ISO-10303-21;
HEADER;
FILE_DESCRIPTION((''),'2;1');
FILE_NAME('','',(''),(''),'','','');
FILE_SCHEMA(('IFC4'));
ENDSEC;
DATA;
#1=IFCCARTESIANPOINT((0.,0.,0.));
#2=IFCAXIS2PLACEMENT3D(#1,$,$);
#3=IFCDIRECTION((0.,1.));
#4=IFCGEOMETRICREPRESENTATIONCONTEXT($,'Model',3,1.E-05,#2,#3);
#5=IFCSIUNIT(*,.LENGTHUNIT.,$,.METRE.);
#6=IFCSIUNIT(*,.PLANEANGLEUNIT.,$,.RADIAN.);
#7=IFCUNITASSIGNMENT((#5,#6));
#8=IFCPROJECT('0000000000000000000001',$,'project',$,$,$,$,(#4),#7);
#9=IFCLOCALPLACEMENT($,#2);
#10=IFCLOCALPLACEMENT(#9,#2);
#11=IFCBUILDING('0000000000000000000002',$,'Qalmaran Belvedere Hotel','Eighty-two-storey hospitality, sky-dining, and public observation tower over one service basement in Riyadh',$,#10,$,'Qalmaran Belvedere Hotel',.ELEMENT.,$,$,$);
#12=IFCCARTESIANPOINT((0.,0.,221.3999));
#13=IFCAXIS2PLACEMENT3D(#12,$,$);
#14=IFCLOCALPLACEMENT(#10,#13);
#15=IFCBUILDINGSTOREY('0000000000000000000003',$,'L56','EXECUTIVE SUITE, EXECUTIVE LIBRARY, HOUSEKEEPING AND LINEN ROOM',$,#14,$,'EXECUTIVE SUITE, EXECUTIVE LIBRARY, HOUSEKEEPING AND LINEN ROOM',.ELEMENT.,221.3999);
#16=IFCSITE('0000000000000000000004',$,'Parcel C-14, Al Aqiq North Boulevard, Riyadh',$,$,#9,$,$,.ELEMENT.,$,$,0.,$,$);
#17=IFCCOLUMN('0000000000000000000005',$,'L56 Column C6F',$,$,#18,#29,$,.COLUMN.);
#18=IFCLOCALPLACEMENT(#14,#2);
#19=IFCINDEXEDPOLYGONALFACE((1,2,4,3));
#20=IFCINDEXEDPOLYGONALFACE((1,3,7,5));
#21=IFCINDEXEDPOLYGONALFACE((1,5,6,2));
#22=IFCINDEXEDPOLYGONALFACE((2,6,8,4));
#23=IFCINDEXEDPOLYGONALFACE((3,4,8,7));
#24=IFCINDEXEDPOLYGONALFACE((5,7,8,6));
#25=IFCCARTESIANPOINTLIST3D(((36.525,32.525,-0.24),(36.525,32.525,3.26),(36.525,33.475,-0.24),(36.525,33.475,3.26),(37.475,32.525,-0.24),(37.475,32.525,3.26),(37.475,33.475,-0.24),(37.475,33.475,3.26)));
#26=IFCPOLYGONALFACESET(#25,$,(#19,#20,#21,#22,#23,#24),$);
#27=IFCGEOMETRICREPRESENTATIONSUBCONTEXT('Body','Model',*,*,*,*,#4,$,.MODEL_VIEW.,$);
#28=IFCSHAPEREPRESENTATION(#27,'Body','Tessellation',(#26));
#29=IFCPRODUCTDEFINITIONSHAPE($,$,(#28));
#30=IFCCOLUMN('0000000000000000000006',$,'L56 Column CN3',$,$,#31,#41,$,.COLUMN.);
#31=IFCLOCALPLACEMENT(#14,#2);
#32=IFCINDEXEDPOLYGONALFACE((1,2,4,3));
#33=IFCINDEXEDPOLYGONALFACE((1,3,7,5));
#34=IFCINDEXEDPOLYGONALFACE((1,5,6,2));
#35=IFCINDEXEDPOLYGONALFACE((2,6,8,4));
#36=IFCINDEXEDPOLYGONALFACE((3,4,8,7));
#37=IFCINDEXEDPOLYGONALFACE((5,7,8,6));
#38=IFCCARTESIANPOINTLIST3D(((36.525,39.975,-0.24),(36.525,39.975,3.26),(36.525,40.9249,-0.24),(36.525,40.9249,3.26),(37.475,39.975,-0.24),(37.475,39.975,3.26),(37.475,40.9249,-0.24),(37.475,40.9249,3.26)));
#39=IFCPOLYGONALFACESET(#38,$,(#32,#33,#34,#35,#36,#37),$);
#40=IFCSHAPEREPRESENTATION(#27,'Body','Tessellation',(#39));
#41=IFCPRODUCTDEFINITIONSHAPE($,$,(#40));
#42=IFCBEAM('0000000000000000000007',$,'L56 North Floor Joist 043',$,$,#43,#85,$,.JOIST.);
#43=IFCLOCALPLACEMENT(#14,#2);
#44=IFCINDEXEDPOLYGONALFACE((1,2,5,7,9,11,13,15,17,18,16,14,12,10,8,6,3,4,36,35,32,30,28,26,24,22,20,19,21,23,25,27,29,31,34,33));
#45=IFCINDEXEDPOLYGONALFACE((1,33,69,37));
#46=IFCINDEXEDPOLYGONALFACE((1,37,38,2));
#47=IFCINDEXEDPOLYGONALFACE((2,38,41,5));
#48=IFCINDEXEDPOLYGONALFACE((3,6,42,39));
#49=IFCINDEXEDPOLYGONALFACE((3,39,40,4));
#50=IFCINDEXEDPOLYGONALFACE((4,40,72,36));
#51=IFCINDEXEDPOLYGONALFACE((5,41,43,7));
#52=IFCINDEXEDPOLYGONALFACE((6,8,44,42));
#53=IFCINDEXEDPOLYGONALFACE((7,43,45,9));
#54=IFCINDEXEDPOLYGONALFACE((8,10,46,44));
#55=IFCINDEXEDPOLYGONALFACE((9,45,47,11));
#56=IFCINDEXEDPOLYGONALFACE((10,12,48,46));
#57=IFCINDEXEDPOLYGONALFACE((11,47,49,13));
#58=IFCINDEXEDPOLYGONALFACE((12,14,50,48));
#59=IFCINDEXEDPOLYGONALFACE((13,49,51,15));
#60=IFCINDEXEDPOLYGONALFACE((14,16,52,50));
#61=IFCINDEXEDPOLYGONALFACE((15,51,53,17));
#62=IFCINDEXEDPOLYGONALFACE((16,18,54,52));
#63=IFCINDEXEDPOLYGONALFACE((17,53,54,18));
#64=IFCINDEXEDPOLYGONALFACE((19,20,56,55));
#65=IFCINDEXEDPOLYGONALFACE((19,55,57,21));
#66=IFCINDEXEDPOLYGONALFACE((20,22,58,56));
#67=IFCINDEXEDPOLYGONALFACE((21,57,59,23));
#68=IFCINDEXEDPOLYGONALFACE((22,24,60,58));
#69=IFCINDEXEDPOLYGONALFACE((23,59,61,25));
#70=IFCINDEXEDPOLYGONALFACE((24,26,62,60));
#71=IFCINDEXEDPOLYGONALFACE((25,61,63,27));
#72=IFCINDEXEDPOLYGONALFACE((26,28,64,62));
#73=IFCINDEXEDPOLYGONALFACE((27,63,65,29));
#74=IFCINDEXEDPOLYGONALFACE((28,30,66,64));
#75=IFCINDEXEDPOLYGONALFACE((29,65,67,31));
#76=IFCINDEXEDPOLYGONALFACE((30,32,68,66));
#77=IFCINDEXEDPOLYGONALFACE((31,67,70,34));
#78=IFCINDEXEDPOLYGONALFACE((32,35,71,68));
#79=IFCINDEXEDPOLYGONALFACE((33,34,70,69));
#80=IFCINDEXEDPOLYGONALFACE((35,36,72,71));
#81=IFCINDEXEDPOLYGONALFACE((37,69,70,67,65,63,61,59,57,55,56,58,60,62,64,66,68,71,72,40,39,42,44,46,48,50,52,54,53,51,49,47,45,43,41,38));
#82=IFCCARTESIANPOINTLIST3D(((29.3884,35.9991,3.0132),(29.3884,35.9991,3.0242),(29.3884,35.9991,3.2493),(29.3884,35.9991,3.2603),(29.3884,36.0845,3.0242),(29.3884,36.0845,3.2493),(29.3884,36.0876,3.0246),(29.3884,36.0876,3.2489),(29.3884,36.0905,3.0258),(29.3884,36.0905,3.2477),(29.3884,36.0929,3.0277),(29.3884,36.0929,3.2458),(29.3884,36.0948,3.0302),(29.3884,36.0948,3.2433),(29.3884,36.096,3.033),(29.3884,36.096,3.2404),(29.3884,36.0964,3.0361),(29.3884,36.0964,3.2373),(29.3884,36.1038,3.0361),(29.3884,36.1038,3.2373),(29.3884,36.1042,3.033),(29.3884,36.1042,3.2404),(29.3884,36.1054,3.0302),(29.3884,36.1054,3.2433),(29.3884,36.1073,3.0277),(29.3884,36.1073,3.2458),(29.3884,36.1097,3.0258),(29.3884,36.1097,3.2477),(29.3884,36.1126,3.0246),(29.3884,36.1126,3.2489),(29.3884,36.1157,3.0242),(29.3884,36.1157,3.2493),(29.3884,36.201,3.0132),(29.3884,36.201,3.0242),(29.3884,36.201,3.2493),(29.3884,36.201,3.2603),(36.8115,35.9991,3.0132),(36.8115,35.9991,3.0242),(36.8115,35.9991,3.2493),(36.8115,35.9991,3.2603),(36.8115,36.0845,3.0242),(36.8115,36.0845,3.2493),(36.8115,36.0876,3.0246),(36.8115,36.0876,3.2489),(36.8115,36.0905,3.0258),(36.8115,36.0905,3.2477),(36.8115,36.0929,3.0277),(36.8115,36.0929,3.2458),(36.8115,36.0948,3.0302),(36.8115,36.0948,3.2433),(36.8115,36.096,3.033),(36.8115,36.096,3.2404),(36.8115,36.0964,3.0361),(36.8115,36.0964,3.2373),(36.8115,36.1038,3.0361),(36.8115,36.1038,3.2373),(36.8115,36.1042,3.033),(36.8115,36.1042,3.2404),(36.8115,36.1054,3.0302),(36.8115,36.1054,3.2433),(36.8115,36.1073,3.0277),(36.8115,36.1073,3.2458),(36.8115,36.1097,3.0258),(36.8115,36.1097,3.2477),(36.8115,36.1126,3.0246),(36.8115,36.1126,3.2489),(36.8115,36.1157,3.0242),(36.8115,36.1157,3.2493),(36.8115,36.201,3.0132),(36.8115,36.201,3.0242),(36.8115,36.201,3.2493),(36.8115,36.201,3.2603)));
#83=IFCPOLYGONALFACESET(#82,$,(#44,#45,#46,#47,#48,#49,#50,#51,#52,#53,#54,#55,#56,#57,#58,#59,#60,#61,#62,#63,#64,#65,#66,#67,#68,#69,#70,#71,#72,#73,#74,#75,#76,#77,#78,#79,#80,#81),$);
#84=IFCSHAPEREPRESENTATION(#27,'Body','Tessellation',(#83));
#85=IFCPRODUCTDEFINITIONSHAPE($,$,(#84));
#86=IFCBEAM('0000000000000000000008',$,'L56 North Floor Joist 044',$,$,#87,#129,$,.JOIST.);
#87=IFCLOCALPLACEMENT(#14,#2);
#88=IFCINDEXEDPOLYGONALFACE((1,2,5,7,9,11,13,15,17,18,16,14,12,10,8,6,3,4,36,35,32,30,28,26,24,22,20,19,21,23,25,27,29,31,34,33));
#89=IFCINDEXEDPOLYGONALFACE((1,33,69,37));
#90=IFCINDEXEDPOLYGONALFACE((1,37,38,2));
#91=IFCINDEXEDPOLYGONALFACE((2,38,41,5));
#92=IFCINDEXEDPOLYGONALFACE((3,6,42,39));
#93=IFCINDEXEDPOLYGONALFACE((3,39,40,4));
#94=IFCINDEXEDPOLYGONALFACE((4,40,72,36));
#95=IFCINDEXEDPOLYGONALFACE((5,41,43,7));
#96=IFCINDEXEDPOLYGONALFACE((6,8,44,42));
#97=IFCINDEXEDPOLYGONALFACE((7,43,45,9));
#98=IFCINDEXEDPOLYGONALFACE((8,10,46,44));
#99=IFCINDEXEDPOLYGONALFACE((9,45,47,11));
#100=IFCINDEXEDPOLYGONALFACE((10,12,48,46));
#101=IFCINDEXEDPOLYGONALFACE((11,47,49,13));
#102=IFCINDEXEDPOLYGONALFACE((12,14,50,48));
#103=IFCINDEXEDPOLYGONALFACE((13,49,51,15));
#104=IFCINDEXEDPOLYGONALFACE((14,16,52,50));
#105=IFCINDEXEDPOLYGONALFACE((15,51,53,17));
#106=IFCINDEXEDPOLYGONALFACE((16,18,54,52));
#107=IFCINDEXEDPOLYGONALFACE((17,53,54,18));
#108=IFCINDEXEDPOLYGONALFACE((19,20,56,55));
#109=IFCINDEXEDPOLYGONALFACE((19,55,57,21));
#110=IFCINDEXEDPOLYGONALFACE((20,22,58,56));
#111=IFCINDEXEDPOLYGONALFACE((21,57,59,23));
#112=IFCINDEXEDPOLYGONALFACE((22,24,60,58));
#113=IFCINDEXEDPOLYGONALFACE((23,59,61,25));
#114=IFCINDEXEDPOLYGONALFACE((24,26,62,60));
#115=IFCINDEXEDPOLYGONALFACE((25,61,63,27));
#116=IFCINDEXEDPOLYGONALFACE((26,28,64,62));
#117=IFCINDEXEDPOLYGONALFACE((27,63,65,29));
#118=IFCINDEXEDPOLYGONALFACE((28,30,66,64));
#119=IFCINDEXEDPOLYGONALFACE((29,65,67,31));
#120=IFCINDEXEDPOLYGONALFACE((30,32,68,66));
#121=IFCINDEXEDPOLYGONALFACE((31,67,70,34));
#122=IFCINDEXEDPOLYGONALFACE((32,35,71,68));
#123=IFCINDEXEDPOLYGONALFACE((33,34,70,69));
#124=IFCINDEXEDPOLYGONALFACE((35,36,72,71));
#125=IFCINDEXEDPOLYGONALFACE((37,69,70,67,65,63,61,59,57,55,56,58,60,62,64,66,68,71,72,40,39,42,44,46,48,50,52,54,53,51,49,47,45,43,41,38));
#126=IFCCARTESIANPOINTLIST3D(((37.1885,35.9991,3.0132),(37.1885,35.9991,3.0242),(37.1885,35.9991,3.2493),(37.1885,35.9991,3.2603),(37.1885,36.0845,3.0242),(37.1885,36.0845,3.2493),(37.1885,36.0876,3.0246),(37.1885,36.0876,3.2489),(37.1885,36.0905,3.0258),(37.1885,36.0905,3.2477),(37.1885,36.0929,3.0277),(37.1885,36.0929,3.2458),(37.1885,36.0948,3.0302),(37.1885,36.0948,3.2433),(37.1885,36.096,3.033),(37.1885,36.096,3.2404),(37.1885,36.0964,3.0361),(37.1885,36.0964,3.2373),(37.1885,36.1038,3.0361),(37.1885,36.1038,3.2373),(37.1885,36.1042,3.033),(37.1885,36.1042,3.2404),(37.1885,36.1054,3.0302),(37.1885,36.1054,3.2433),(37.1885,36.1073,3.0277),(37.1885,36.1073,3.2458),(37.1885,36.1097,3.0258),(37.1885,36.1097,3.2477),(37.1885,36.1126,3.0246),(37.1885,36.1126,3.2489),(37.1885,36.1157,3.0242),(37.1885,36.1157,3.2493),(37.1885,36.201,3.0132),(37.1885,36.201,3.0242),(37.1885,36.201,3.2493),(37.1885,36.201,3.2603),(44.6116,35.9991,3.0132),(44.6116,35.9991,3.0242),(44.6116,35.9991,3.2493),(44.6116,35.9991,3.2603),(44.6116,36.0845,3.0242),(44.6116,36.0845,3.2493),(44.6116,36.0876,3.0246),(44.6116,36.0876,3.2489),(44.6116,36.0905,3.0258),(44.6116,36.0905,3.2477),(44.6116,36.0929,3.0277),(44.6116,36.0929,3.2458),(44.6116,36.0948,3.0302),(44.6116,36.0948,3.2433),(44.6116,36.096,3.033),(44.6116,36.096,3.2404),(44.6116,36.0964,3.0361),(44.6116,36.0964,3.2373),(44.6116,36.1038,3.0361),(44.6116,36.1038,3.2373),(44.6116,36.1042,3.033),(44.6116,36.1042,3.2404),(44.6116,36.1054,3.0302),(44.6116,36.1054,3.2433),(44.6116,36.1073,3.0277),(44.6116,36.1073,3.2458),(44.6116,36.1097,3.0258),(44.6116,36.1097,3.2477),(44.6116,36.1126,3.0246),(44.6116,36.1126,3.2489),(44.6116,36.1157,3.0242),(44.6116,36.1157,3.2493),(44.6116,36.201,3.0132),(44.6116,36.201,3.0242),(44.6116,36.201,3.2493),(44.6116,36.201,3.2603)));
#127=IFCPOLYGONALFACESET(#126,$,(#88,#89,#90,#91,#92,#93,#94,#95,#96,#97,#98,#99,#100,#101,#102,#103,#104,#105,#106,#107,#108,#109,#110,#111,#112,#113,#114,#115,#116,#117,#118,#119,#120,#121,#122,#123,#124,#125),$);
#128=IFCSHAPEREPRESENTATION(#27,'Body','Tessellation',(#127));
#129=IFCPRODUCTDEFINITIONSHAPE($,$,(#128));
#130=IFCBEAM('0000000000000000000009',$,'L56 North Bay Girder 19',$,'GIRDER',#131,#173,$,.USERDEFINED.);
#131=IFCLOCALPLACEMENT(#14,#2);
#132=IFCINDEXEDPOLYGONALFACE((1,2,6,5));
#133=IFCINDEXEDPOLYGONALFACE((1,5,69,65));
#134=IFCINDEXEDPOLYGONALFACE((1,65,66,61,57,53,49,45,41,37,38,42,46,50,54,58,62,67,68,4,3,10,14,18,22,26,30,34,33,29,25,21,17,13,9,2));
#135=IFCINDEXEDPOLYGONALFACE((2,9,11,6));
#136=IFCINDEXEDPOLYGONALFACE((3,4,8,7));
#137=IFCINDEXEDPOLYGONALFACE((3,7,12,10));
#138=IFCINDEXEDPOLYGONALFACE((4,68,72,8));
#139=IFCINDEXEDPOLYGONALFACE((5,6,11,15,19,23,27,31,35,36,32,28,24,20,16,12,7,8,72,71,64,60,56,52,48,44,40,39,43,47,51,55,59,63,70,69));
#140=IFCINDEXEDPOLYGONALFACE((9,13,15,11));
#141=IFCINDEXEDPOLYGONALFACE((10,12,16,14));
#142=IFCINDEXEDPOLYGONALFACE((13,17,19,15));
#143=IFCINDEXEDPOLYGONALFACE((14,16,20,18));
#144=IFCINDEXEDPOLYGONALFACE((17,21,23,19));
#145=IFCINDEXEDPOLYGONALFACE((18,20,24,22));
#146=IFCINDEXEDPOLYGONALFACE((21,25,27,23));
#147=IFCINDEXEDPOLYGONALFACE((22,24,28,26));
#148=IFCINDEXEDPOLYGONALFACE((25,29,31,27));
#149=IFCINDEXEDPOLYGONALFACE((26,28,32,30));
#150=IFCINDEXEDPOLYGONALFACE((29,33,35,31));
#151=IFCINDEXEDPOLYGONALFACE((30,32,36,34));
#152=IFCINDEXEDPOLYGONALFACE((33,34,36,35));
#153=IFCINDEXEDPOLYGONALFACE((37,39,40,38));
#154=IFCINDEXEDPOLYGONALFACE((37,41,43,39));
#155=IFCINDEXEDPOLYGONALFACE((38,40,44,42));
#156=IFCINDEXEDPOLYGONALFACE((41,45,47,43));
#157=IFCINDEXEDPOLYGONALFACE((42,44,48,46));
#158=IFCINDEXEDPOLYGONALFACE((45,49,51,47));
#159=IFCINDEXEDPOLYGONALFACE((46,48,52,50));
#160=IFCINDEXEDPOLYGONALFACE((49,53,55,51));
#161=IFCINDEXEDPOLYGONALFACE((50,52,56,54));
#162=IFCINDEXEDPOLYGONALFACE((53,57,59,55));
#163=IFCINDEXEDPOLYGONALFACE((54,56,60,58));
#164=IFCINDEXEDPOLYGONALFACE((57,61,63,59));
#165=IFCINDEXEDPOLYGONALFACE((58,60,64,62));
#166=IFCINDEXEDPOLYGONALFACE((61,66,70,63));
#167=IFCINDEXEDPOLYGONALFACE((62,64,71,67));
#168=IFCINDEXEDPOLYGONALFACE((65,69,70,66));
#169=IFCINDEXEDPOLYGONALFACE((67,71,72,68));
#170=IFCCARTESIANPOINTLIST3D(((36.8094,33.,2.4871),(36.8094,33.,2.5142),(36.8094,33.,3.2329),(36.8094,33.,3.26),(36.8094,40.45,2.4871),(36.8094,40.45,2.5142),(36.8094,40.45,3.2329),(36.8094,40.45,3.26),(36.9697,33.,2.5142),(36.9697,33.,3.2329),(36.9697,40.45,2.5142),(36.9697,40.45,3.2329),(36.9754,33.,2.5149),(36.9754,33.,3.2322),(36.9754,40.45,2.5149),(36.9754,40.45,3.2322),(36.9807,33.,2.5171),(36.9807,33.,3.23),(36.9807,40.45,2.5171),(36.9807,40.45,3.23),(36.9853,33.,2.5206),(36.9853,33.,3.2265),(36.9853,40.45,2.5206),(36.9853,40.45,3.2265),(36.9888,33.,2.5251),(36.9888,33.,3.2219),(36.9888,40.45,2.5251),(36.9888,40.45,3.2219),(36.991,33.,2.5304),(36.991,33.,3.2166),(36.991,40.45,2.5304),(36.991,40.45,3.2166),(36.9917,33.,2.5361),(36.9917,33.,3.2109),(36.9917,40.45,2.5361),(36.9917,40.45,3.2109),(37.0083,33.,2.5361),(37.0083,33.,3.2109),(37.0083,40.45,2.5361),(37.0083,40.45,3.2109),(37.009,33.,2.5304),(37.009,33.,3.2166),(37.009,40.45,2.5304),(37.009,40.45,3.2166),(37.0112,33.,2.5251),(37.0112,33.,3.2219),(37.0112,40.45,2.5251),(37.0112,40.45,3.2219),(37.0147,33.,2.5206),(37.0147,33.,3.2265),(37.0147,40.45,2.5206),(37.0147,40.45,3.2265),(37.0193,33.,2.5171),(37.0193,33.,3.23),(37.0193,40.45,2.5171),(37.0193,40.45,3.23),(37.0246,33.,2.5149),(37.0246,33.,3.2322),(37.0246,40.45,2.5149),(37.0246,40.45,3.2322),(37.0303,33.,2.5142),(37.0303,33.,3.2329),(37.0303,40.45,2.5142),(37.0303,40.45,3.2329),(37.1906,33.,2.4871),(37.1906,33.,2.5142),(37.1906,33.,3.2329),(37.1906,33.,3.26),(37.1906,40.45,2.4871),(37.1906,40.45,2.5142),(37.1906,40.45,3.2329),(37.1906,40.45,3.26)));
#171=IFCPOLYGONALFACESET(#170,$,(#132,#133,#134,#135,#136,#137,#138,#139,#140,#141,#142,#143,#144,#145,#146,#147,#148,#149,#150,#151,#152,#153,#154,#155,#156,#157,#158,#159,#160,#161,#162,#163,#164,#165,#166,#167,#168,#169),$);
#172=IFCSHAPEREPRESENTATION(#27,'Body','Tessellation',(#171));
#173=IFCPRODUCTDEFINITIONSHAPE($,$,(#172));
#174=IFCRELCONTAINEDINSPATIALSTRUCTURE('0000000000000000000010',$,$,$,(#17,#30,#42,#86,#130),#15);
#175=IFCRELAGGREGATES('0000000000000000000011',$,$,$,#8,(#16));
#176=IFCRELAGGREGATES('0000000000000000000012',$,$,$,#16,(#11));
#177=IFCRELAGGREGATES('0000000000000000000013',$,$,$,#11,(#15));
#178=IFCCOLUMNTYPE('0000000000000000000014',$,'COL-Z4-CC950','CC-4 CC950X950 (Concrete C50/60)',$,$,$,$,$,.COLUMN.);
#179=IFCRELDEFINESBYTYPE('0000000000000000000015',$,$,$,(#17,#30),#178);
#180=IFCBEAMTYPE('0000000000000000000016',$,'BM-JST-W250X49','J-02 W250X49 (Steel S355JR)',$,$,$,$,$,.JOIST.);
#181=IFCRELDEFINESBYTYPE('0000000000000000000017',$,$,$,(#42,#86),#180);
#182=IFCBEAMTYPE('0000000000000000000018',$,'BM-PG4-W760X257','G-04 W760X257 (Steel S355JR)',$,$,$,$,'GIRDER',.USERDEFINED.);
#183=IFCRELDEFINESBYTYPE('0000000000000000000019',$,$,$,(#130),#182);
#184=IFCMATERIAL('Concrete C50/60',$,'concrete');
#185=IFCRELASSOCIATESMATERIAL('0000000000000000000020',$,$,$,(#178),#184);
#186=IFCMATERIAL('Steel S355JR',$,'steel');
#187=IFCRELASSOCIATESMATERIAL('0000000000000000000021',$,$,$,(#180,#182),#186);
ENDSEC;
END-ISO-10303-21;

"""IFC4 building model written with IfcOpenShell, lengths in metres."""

from ifc_helpers import new_model, si_unit, direction, frame, origin, origin_2d, place, context, subcontext, project, spatial, rectangle, i_section, extrude, material, material_profile, profile_set, type_object, element, save


model = new_model("IFC4")

# Units and contexts
model_context = context("Model", 3, precision=1e-05, world=origin(), true_north=direction((0.0, 1.0)))
body_context = subcontext(model_context, "Body", "Model", "MODEL_VIEW")
ifc_project = project(units=[si_unit("LENGTHUNIT", "METRE"), si_unit("PLANEANGLEUNIT", "RADIAN")], contexts=[model_context])

# Site, building, storey
site_placement = place(None, origin())
site = spatial("IfcSite", under=ifc_project, at=site_placement, Name="Parcel C-14, Al Aqiq North Boulevard, Riyadh", CompositionType="ELEMENT", RefElevation=0.0)
building_placement = place(site_placement, origin())
building = spatial("IfcBuilding", under=site, at=building_placement, Name="Qalmaran Belvedere Hotel", Description="Eighty-two-storey hospitality, sky-dining, and public observation tower over one service basement in Riyadh", LongName="Qalmaran Belvedere Hotel", CompositionType="ELEMENT")
storey_placement = place(building_placement, frame((0.0, 0.0, 221.3999)))
storey = spatial("IfcBuildingStorey", under=building, at=storey_placement, Name="L56", Description="EXECUTIVE SUITE, EXECUTIVE LIBRARY, HOUSEKEEPING AND LINEN ROOM", LongName="EXECUTIVE SUITE, EXECUTIVE LIBRARY, HOUSEKEEPING AND LINEN ROOM", CompositionType="ELEMENT", Elevation=221.3999)

# Columns
ifc_material_1 = material(Name="Concrete C50/60", Category="concrete")
ifc_material_profile_1 = material_profile(ifc_material_1, rectangle(XDim=0.95, YDim=0.95, at=origin_2d()), Name="CC950X950")
ifc_profile_set_1 = profile_set([ifc_material_profile_1], Name="Concrete C50/60")
column_type = type_object("IfcColumnType", Name="COL-Z4-CC950", Description="CC-4 CC950X950 (Concrete C50/60)", PredefinedType="COLUMN", material=ifc_profile_set_1)
for number, where, z_axis, x_axis, name in (
    (1, (37.0, 33.0, -0.24), (0.0, 0.0, 1.0), (1.0, 0.0, 0.0), "L56 Column C6F"),
    (2, (37.0, 40.45, -0.24), (0.0, 0.0, 1.0), (1.0, 0.0, 0.0), "L56 Column CN3"),
):
    element("IfcColumn", number, at=place(storey_placement, frame(where, z_axis=z_axis, x_axis=x_axis)), inside=storey, type_object=column_type, Name=name, PredefinedType="COLUMN", context=body_context, shape_type="SweptSolid", body=[
        extrude(rectangle(XDim=0.95, YDim=0.95, at=origin_2d()), origin(), (0.0, 0.0, 1.0), 3.5),
    ])

# Beams
ifc_material_2 = material(Name="Steel S355JR", Category="steel")
ifc_material_profile_2 = material_profile(ifc_material_2, i_section(OverallWidth=0.2019, OverallDepth=0.2471, WebThickness=0.0073, FlangeThickness=0.011, FilletRadius=0.012, at=origin_2d()), Name="W250X49")
ifc_profile_set_2 = profile_set([ifc_material_profile_2], Name="Steel S355JR")
beam_type_1 = type_object("IfcBeamType", Name="BM-JST-W250X49", Description="J-02 W250X49 (Steel S355JR)", PredefinedType="JOIST", material=ifc_profile_set_2)
for number, where, z_axis, x_axis, name in (
    (3, (29.3884, 36.1001, 3.1367), (1.0, 0.0, 0.0), (0.0, 1.0, 0.0), "L56 North Floor Joist 043"),
    (4, (37.1885, 36.1001, 3.1367), (1.0, 0.0, 0.0), (0.0, 1.0, 0.0), "L56 North Floor Joist 044"),
):
    element("IfcBeam", number, at=place(storey_placement, frame(where, z_axis=z_axis, x_axis=x_axis)), inside=storey, type_object=beam_type_1, Name=name, PredefinedType="JOIST", context=body_context, shape_type="SweptSolid", body=[
        extrude(i_section(OverallWidth=0.2019, OverallDepth=0.2471, WebThickness=0.0073, FlangeThickness=0.011, FilletRadius=0.012, at=origin_2d()), origin(), (0.0, 0.0, 1.0), 7.4231),
    ])
ifc_material_profile_3 = material_profile(ifc_material_2, i_section(OverallWidth=0.3811, OverallDepth=0.7729, WebThickness=0.0166, FlangeThickness=0.0271, FilletRadius=0.022, at=origin_2d()), Name="W760X257")
ifc_profile_set_3 = profile_set([ifc_material_profile_3], Name="Steel S355JR")
beam_type_2 = type_object("IfcBeamType", Name="BM-PG4-W760X257", Description="G-04 W760X257 (Steel S355JR)", ElementType="GIRDER", PredefinedType="USERDEFINED", material=ifc_profile_set_3)
beam_1_placement = place(storey_placement, frame((37.0, 33.0, 2.8735), z_axis=(0.0, 1.0, 0.0), x_axis=(-1.0, 0.0, 0.0)))
element("IfcBeam", 5, at=beam_1_placement, inside=storey, type_object=beam_type_2, Name="L56 North Bay Girder 19", ObjectType="GIRDER", PredefinedType="USERDEFINED", context=body_context, shape_type="SweptSolid", body=[
    extrude(i_section(OverallWidth=0.3811, OverallDepth=0.7729, WebThickness=0.0166, FlangeThickness=0.0271, FilletRadius=0.022, at=origin_2d()), origin(), (0.0, 0.0, 1.0), 7.45),
])

save(model, "model.ifc")
